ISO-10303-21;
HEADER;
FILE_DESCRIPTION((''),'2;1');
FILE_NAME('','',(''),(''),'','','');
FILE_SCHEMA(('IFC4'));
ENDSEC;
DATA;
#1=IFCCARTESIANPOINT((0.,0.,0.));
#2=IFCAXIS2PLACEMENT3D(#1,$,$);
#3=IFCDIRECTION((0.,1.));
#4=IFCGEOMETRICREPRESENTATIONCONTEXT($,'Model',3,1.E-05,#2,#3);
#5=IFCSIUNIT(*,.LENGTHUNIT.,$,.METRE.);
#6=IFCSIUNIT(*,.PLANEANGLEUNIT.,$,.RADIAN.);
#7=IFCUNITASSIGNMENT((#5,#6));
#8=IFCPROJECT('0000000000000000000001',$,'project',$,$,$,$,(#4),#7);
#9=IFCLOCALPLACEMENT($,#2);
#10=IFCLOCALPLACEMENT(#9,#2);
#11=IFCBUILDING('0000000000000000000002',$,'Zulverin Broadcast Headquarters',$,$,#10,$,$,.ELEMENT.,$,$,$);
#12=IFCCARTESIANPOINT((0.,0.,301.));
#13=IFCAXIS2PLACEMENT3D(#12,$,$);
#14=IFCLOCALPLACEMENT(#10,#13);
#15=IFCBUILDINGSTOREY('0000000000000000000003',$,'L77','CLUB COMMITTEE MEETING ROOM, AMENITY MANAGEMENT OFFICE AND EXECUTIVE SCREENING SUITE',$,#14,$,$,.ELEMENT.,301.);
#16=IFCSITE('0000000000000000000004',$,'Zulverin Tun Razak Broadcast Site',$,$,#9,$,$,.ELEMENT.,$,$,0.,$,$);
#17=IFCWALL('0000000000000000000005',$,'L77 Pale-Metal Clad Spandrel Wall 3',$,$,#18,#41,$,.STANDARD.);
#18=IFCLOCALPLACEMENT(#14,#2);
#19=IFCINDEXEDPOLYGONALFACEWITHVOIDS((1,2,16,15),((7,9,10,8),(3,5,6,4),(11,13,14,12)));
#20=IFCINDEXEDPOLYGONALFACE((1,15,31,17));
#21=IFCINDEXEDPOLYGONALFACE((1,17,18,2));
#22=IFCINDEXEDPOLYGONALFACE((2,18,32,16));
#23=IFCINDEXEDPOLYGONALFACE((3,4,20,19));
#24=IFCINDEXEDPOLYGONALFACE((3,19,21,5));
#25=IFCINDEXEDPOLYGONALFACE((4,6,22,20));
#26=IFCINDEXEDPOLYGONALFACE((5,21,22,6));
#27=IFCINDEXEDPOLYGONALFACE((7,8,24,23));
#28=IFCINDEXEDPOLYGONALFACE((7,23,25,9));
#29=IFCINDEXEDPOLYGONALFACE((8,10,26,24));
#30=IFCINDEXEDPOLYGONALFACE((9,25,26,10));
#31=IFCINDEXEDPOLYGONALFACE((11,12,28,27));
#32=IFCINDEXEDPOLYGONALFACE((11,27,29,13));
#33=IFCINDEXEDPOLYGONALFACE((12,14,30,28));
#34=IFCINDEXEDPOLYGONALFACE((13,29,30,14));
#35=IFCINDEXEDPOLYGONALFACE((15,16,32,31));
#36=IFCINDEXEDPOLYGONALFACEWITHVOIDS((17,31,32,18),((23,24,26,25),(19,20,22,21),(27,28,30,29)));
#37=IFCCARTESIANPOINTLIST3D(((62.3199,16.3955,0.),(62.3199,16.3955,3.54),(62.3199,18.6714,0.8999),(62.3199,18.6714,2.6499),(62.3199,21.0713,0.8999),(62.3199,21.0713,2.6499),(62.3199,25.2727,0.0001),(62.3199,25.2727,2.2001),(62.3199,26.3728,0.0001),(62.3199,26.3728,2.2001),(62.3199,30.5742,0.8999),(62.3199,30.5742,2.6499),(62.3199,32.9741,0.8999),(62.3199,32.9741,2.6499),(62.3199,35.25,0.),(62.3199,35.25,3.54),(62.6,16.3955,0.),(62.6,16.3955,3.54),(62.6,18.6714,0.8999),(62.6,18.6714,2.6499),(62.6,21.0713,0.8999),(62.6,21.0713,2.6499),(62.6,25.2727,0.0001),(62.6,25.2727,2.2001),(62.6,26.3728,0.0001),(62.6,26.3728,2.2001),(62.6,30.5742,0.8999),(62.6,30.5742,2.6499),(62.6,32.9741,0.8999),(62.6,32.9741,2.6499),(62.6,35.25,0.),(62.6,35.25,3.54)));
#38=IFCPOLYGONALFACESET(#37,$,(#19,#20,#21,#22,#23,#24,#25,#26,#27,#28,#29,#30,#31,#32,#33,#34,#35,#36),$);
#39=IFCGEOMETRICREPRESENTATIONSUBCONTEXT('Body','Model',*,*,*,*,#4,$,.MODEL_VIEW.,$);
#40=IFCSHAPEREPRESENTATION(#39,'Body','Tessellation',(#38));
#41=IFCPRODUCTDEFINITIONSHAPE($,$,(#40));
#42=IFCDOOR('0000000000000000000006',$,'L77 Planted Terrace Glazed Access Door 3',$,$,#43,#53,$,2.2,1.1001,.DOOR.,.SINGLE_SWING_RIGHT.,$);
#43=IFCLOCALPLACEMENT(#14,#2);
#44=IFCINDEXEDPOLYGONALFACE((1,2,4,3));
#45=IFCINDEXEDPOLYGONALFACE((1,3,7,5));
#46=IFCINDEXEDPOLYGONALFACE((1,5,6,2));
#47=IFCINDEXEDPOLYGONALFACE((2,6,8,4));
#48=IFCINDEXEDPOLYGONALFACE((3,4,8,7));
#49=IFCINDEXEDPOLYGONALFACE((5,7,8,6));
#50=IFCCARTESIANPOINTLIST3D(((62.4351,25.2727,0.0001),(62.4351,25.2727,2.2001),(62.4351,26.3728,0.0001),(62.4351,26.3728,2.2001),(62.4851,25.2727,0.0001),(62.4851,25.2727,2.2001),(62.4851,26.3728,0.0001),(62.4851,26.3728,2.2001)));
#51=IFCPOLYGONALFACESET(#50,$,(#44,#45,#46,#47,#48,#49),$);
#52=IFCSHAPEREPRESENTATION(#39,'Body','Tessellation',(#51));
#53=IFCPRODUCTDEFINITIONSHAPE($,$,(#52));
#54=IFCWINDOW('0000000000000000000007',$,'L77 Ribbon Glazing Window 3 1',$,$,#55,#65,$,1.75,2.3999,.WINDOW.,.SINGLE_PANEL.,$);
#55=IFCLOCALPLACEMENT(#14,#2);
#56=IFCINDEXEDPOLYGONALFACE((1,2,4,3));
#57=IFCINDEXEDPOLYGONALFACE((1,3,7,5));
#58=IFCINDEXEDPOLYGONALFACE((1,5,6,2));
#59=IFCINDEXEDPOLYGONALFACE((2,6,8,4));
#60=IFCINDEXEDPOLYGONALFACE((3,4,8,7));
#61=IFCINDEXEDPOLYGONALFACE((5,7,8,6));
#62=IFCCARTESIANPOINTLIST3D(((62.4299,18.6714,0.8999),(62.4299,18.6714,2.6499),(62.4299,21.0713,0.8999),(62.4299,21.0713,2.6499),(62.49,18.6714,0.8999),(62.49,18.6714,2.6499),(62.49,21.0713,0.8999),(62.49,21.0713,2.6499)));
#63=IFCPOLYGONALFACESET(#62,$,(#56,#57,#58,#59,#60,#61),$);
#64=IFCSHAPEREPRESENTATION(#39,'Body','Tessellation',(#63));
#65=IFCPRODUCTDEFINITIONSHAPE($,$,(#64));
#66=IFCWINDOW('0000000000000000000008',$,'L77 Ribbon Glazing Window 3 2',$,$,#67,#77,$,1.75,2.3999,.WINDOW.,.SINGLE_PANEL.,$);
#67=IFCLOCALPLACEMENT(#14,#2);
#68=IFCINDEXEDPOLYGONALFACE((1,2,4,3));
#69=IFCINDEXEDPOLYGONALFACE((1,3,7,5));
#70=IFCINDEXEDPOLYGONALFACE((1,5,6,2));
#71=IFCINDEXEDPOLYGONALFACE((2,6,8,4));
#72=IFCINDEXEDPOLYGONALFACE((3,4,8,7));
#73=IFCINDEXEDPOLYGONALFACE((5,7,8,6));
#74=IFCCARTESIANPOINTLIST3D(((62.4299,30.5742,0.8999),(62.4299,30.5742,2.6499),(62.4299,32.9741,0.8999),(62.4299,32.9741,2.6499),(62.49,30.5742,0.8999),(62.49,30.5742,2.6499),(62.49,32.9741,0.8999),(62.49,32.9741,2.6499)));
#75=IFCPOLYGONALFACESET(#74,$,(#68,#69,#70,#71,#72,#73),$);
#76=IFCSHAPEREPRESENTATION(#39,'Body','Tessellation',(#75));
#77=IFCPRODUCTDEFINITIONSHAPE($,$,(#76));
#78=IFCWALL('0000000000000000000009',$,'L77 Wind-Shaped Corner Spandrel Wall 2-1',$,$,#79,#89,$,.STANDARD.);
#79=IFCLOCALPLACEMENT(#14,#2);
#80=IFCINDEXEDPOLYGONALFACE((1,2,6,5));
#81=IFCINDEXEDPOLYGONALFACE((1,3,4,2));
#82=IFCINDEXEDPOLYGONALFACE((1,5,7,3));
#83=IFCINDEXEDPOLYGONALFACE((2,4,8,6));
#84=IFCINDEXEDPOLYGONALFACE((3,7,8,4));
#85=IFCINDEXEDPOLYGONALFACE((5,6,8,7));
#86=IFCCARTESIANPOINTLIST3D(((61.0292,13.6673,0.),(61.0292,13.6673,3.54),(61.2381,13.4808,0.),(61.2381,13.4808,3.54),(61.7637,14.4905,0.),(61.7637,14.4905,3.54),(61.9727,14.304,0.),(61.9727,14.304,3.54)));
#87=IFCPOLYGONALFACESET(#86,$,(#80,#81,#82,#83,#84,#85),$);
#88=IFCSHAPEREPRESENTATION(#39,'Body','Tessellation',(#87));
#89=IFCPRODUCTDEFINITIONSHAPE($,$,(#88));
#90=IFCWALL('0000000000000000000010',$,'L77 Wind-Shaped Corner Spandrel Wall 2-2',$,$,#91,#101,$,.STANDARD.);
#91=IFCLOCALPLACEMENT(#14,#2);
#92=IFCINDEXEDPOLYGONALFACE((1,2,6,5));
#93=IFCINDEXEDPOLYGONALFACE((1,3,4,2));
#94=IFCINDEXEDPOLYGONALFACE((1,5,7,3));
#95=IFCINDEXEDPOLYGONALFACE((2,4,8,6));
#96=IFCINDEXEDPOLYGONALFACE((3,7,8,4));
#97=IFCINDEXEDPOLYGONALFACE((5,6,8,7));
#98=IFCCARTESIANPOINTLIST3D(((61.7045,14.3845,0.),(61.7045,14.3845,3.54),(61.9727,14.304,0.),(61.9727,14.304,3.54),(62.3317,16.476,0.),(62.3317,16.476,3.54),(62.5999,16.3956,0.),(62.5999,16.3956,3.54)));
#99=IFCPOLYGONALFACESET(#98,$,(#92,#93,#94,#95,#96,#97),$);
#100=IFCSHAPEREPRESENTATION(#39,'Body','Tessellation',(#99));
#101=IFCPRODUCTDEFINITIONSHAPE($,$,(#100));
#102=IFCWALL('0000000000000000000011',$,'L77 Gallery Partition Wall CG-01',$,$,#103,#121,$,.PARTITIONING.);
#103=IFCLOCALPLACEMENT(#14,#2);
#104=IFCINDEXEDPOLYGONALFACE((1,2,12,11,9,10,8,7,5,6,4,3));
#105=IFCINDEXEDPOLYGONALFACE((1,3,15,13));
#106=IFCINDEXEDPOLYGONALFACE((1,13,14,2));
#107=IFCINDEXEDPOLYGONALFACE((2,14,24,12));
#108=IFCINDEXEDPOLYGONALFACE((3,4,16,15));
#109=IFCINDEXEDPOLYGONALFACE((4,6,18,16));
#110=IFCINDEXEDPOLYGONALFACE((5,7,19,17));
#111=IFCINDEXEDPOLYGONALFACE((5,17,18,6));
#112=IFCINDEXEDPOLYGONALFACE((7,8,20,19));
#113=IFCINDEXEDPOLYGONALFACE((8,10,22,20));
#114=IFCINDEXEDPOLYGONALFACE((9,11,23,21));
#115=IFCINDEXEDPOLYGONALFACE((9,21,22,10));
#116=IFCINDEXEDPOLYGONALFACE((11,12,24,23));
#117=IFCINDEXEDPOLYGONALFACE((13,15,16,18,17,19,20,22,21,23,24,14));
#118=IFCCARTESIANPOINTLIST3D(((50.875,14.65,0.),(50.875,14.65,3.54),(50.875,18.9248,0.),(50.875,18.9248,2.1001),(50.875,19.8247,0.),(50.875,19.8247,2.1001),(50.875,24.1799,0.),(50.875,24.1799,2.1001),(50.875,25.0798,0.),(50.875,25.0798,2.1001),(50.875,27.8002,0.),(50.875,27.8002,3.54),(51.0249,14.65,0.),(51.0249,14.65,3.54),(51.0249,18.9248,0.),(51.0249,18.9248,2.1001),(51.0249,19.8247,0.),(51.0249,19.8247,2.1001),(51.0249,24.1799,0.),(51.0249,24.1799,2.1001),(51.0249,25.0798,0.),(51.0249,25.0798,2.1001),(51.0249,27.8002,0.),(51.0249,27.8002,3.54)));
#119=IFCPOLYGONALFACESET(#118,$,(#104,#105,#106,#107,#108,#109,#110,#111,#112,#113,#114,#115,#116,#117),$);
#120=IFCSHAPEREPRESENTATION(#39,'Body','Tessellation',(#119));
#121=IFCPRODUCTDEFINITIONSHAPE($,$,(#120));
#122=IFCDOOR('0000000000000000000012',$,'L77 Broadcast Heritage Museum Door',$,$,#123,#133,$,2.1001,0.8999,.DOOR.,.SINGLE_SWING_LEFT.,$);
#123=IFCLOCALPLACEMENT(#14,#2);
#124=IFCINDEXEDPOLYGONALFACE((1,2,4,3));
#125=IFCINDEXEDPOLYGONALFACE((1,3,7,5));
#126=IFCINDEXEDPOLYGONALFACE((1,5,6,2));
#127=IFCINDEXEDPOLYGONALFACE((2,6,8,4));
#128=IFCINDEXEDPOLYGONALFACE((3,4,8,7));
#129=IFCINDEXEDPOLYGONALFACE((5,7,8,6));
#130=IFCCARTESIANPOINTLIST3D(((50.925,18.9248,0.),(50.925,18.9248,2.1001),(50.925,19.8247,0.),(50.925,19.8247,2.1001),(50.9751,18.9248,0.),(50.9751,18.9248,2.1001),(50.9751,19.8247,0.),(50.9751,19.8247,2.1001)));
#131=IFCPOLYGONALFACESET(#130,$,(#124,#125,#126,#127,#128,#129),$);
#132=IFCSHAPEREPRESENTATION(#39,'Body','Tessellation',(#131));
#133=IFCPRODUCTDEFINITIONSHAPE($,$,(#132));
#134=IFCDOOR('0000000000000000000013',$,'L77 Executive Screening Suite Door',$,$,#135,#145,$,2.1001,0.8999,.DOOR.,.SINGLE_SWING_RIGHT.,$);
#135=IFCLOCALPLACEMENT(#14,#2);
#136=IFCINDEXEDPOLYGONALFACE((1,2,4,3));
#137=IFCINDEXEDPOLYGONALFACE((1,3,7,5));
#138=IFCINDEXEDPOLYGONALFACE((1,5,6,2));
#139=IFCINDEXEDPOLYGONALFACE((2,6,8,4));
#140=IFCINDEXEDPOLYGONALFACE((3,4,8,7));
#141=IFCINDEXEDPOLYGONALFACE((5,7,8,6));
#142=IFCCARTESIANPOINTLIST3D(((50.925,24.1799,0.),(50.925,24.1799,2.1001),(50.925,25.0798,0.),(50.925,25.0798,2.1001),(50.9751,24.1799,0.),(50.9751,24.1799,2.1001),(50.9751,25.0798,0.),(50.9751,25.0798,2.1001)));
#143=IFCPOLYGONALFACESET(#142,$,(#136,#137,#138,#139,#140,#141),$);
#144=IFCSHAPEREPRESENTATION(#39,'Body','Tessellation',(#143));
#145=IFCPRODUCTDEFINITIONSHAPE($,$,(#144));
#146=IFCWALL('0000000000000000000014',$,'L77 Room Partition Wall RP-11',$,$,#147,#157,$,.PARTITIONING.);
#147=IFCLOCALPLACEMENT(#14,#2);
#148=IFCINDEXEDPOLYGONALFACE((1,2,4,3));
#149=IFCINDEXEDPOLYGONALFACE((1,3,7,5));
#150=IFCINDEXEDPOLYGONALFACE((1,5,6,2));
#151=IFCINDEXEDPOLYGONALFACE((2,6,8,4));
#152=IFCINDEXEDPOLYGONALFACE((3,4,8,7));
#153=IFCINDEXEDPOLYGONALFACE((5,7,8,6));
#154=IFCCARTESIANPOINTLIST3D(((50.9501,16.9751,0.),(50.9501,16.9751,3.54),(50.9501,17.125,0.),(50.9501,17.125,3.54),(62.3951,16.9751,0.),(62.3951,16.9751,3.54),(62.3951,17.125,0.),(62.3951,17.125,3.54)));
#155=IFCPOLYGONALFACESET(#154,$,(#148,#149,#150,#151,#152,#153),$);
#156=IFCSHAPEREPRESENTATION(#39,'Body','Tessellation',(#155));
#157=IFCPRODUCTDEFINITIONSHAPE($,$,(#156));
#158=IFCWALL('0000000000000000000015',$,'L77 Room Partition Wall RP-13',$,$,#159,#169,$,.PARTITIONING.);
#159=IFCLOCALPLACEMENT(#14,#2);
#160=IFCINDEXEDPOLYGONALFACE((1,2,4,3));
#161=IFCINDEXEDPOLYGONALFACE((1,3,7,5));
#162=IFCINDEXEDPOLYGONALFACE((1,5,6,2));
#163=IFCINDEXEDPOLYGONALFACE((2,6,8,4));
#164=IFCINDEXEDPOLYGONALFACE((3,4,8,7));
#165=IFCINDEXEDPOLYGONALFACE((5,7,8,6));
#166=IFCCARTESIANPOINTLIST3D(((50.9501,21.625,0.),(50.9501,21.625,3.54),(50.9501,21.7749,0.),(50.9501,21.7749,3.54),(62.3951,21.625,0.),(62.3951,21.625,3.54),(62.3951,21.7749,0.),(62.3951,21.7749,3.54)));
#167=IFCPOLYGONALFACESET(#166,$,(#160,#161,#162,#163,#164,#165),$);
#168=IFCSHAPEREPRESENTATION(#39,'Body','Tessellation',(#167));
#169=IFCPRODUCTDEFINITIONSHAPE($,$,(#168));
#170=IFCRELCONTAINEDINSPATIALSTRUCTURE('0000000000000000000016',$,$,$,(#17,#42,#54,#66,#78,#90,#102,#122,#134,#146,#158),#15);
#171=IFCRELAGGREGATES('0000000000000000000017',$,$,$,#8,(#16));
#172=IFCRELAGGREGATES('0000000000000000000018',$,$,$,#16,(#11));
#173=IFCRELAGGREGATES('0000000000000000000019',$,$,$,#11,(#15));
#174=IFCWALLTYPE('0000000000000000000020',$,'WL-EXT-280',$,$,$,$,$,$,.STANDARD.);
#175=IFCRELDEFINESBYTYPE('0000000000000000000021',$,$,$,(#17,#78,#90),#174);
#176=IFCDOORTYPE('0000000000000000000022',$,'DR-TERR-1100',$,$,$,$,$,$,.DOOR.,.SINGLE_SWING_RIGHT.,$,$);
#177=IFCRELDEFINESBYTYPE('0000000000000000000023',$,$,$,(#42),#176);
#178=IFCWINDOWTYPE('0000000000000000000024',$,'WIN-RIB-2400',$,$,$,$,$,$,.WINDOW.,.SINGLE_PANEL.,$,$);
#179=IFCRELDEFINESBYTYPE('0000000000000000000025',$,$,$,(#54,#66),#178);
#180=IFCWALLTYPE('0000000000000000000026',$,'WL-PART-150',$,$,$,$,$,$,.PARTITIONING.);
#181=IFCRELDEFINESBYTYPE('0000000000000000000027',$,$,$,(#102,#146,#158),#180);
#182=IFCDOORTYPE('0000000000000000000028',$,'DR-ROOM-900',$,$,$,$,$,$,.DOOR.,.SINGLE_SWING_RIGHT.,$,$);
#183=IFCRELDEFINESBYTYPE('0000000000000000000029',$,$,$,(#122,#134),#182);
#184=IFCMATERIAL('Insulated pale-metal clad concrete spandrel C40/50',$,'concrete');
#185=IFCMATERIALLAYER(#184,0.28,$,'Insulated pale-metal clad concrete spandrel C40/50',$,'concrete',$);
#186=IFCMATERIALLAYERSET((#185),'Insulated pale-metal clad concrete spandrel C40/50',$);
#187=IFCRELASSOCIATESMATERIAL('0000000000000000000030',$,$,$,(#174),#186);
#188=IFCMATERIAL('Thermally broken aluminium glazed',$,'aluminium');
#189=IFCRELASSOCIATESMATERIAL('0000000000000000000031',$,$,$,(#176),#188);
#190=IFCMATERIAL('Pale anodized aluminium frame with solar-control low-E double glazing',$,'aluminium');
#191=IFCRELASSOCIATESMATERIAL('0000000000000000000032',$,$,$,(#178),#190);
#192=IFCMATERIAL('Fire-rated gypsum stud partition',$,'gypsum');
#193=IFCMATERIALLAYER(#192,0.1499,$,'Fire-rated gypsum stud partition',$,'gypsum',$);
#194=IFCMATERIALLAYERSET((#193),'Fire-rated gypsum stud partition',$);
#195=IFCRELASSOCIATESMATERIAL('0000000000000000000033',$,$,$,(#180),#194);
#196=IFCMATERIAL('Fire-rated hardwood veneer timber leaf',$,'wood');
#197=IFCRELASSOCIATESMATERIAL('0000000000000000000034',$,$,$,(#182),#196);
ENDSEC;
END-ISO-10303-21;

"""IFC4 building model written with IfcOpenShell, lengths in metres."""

from ifc_helpers import new_model, si_unit, direction, frame, frame_2d, origin, place, context, subcontext, project, spatial, rectangle, extrude, material, layer, layer_set, type_object, element, fill, save


model = new_model("IFC4")

# Units and contexts
model_context = context("Model", 3, precision=1e-05, world=origin(), true_north=direction((0.0, 1.0)))
body_context = subcontext(model_context, "Body", "Model", "MODEL_VIEW")
ifc_project = project(units=[si_unit("LENGTHUNIT", "METRE"), si_unit("PLANEANGLEUNIT", "RADIAN")], contexts=[model_context])

# Site, building, storey
site_placement = place(None, origin())
site = spatial("IfcSite", under=ifc_project, at=site_placement, Name="Zulverin Tun Razak Broadcast Site", CompositionType="ELEMENT", RefElevation=0.0)
building_placement = place(site_placement, origin())
building = spatial("IfcBuilding", under=site, at=building_placement, Name="Zulverin Broadcast Headquarters", CompositionType="ELEMENT")
storey_placement = place(building_placement, frame((0.0, 0.0, 301.0)))
storey = spatial("IfcBuildingStorey", under=building, at=storey_placement, Name="L77", Description="CLUB COMMITTEE MEETING ROOM, AMENITY MANAGEMENT OFFICE AND EXECUTIVE SCREENING SUITE", CompositionType="ELEMENT", Elevation=301.0)

# Wall, openings, door, windows
ifc_material_1 = material(Name="Insulated pale-metal clad concrete spandrel C40/50", Category="concrete")
ifc_layer_1 = layer(ifc_material_1, 0.28, Name="Insulated pale-metal clad concrete spandrel C40/50", Category="concrete")
ifc_layer_set_1 = layer_set([ifc_layer_1], Name="Insulated pale-metal clad concrete spandrel C40/50")
wall_type_1 = type_object("IfcWallType", Name="WL-EXT-280", PredefinedType="STANDARD", material=ifc_layer_set_1)
wall_1_placement = place(storey_placement, frame((62.46, 16.3955, 0.0), z_axis=(0.0, 0.0, 1.0), x_axis=(0.0, 1.0, 0.0)))
wall_1 = element("IfcWall", 1, at=wall_1_placement, inside=storey, type_object=wall_type_1, Name="L77 Pale-Metal Clad Spandrel Wall 3", PredefinedType="STANDARD", context=body_context, shape_type="SweptSolid", body=[
    extrude(rectangle(XDim=18.8545, YDim=0.28, at=frame_2d((9.4272, 0.0))), origin(), (0.0, 0.0, 1.0), 3.54),
])
opening_1_placement = place(wall_1_placement, frame((8.8772, 0.0, 0.0)))
opening_1 = element("IfcOpeningElement", 2, at=opening_1_placement, cuts=wall_1, PredefinedType="OPENING", context=body_context, shape_type="SweptSolid", body=[
    extrude(rectangle(XDim=1.1001, YDim=2.2, at=frame_2d((0.55, 1.1001))), frame((0.0, 0.1499, 0.0), z_axis=(0.0, -1.0, 0.0), x_axis=(1.0, 0.0, 0.0)), (0.0, 0.0, 1.0), 0.3),
])
opening_2_placement = place(wall_1_placement, frame((2.2759, 0.0, 0.8999)))
opening_2 = element("IfcOpeningElement", 3, at=opening_2_placement, cuts=wall_1, PredefinedType="OPENING", context=body_context, shape_type="SweptSolid", body=[
    extrude(rectangle(XDim=2.3999, YDim=1.75, at=frame_2d((1.2, 0.875))), frame((0.0, 0.1499, 0.0), z_axis=(0.0, -1.0, 0.0), x_axis=(1.0, 0.0, 0.0)), (0.0, 0.0, 1.0), 0.3),
])
opening_3_placement = place(wall_1_placement, frame((14.1787, 0.0, 0.8999)))
opening_3 = element("IfcOpeningElement", 4, at=opening_3_placement, cuts=wall_1, PredefinedType="OPENING", context=body_context, shape_type="SweptSolid", body=[
    extrude(rectangle(XDim=2.3999, YDim=1.75, at=frame_2d((1.2, 0.875))), frame((0.0, 0.1499, 0.0), z_axis=(0.0, -1.0, 0.0), x_axis=(1.0, 0.0, 0.0)), (0.0, 0.0, 1.0), 0.3),
])
ifc_material_2 = material(Name="Thermally broken aluminium glazed", Category="aluminium")
door_type_1 = type_object("IfcDoorType", Name="DR-TERR-1100", OperationType="SINGLE_SWING_RIGHT", PredefinedType="DOOR", material=ifc_material_2)
door_1_placement = place(opening_1_placement, origin())
door_1 = element("IfcDoor", 5, at=door_1_placement, inside=storey, type_object=door_type_1, Name="L77 Planted Terrace Glazed Access Door 3", OperationType="SINGLE_SWING_RIGHT", OverallHeight=2.2, OverallWidth=1.1001, PredefinedType="DOOR", context=body_context, shape_type="SweptSolid", body=[
    extrude(rectangle(XDim=1.1001, YDim=2.2, at=frame_2d((0.55, 1.1001))), frame((0.0, 0.0249, 0.0), z_axis=(0.0, -1.0, 0.0), x_axis=(1.0, 0.0, 0.0)), (0.0, 0.0, 1.0), 0.05),
])
fill(opening_1, door_1)
ifc_material_3 = material(Name="Pale anodized aluminium frame with solar-control low-E double glazing", Category="aluminium")
window_type = type_object("IfcWindowType", Name="WIN-RIB-2400", PartitioningType="SINGLE_PANEL", PredefinedType="WINDOW", material=ifc_material_3)
window_1_placement = place(opening_2_placement, origin())
window_1 = element("IfcWindow", 6, at=window_1_placement, inside=storey, type_object=window_type, Name="L77 Ribbon Glazing Window 3 1", OverallHeight=1.75, OverallWidth=2.3999, PartitioningType="SINGLE_PANEL", PredefinedType="WINDOW", context=body_context, shape_type="SweptSolid", body=[
    extrude(rectangle(XDim=2.3999, YDim=1.75, at=frame_2d((1.2, 0.875))), frame((0.0, 0.03, 0.0), z_axis=(0.0, -1.0, 0.0), x_axis=(1.0, 0.0, 0.0)), (0.0, 0.0, 1.0), 0.0601),
])
fill(opening_2, window_1)
window_2_placement = place(opening_3_placement, origin())
window_2 = element("IfcWindow", 7, at=window_2_placement, inside=storey, type_object=window_type, Name="L77 Ribbon Glazing Window 3 2", OverallHeight=1.75, OverallWidth=2.3999, PartitioningType="SINGLE_PANEL", PredefinedType="WINDOW", context=body_context, shape_type="SweptSolid", body=[
    extrude(rectangle(XDim=2.3999, YDim=1.75, at=frame_2d((1.2, 0.875))), frame((0.0, 0.03, 0.0), z_axis=(0.0, -1.0, 0.0), x_axis=(1.0, 0.0, 0.0)), (0.0, 0.0, 1.0), 0.0601),
])
fill(opening_3, window_2)

# Walls
wall_2_placement = place(storey_placement, frame((61.1335, 13.574, 0.0), z_axis=(0.0, 0.0, 1.0), x_axis=(0.665805, 0.746126, 0.0)))
element("IfcWall", 8, at=wall_2_placement, inside=storey, type_object=wall_type_1, Name="L77 Wind-Shaped Corner Spandrel Wall 2-1", PredefinedType="STANDARD", context=body_context, shape_type="SweptSolid", body=[
    extrude(rectangle(XDim=1.1033, YDim=0.28, at=frame_2d((0.5518, 0.0))), origin(), (0.0, 0.0, 1.0), 3.54),
])
wall_3_placement = place(storey_placement, frame((61.8386, 14.3442, 0.0), z_axis=(0.0, 0.0, 1.0), x_axis=(0.287235, 0.95786, 0.0)))
element("IfcWall", 9, at=wall_3_placement, inside=storey, type_object=wall_type_1, Name="L77 Wind-Shaped Corner Spandrel Wall 2-2", PredefinedType="STANDARD", context=body_context, shape_type="SweptSolid", body=[
    extrude(rectangle(XDim=2.1836, YDim=0.28, at=frame_2d((1.0918, 0.0))), origin(), (0.0, 0.0, 1.0), 3.54),
])

# Wall, openings, doors
ifc_material_4 = material(Name="Fire-rated gypsum stud partition", Category="gypsum")
ifc_layer_2 = layer(ifc_material_4, 0.1499, Name="Fire-rated gypsum stud partition", Category="gypsum")
ifc_layer_set_2 = layer_set([ifc_layer_2], Name="Fire-rated gypsum stud partition")
wall_type_2 = type_object("IfcWallType", Name="WL-PART-150", PredefinedType="PARTITIONING", material=ifc_layer_set_2)
wall_4_placement = place(storey_placement, frame((50.95, 14.6499, 0.0), z_axis=(0.0, 0.0, 1.0), x_axis=(0.0, 1.0, 0.0)))
wall_4 = element("IfcWall", 10, at=wall_4_placement, inside=storey, type_object=wall_type_2, Name="L77 Gallery Partition Wall CG-01", PredefinedType="PARTITIONING", context=body_context, shape_type="SweptSolid", body=[
    extrude(rectangle(XDim=13.1501, YDim=0.1499, at=frame_2d((6.5752, 0.0))), origin(), (0.0, 0.0, 1.0), 3.54),
])
opening_4_placement = place(wall_4_placement, frame((4.2749, 0.0, 0.0)))
opening_4 = element("IfcOpeningElement", 11, at=opening_4_placement, cuts=wall_4, PredefinedType="OPENING", context=body_context, shape_type="SweptSolid", body=[
    extrude(rectangle(XDim=0.8999, YDim=2.1001, at=frame_2d((0.45, 1.05))), frame((0.0, 0.085, 0.0), z_axis=(0.0, -1.0, 0.0), x_axis=(1.0, 0.0, 0.0)), (0.0, 0.0, 1.0), 0.1699),
])
opening_5_placement = place(wall_4_placement, frame((9.53, 0.0, 0.0)))
opening_5 = element("IfcOpeningElement", 12, at=opening_5_placement, cuts=wall_4, PredefinedType="OPENING", context=body_context, shape_type="SweptSolid", body=[
    extrude(rectangle(XDim=0.8999, YDim=2.1001, at=frame_2d((0.45, 1.05))), frame((0.0, 0.085, 0.0), z_axis=(0.0, -1.0, 0.0), x_axis=(1.0, 0.0, 0.0)), (0.0, 0.0, 1.0), 0.1699),
])
ifc_material_5 = material(Name="Fire-rated hardwood veneer timber leaf", Category="wood")
door_type_2 = type_object("IfcDoorType", Name="DR-ROOM-900", OperationType="SINGLE_SWING_RIGHT", PredefinedType="DOOR", material=ifc_material_5)
door_2_placement = place(opening_4_placement, origin())
door_2 = element("IfcDoor", 13, at=door_2_placement, inside=storey, type_object=door_type_2, Name="L77 Broadcast Heritage Museum Door", OperationType="SINGLE_SWING_LEFT", OverallHeight=2.1001, OverallWidth=0.8999, PredefinedType="DOOR", context=body_context, shape_type="SweptSolid", body=[
    extrude(rectangle(XDim=0.8999, YDim=2.1001, at=frame_2d((0.45, 1.05))), frame((0.0, 0.0249, 0.0), z_axis=(0.0, -1.0, 0.0), x_axis=(1.0, 0.0, 0.0)), (0.0, 0.0, 1.0), 0.05),
])
fill(opening_4, door_2)
door_3_placement = place(opening_5_placement, origin())
door_3 = element("IfcDoor", 14, at=door_3_placement, inside=storey, type_object=door_type_2, Name="L77 Executive Screening Suite Door", OperationType="SINGLE_SWING_RIGHT", OverallHeight=2.1001, OverallWidth=0.8999, PredefinedType="DOOR", context=body_context, shape_type="SweptSolid", body=[
    extrude(rectangle(XDim=0.8999, YDim=2.1001, at=frame_2d((0.45, 1.05))), frame((0.0, 0.0249, 0.0), z_axis=(0.0, -1.0, 0.0), x_axis=(1.0, 0.0, 0.0)), (0.0, 0.0, 1.0), 0.05),
])
fill(opening_5, door_3)

# Walls
for number, where, z_axis, x_axis, name in (
    (15, (50.95, 17.05, 0.0), (0.0, 0.0, 1.0), (1.0, 0.0, 0.0), "L77 Room Partition Wall RP-11"),
    (16, (50.95, 21.7, 0.0), (0.0, 0.0, 1.0), (1.0, 0.0, 0.0), "L77 Room Partition Wall RP-13"),
):
    element("IfcWall", number, at=place(storey_placement, frame(where, z_axis=z_axis, x_axis=x_axis)), inside=storey, type_object=wall_type_2, Name=name, PredefinedType="PARTITIONING", context=body_context, shape_type="SweptSolid", body=[
        extrude(rectangle(XDim=11.4451, YDim=0.1499, at=frame_2d((5.7227, 0.0))), origin(), (0.0, 0.0, 1.0), 3.54),
    ])

save(model, "model.ifc")
